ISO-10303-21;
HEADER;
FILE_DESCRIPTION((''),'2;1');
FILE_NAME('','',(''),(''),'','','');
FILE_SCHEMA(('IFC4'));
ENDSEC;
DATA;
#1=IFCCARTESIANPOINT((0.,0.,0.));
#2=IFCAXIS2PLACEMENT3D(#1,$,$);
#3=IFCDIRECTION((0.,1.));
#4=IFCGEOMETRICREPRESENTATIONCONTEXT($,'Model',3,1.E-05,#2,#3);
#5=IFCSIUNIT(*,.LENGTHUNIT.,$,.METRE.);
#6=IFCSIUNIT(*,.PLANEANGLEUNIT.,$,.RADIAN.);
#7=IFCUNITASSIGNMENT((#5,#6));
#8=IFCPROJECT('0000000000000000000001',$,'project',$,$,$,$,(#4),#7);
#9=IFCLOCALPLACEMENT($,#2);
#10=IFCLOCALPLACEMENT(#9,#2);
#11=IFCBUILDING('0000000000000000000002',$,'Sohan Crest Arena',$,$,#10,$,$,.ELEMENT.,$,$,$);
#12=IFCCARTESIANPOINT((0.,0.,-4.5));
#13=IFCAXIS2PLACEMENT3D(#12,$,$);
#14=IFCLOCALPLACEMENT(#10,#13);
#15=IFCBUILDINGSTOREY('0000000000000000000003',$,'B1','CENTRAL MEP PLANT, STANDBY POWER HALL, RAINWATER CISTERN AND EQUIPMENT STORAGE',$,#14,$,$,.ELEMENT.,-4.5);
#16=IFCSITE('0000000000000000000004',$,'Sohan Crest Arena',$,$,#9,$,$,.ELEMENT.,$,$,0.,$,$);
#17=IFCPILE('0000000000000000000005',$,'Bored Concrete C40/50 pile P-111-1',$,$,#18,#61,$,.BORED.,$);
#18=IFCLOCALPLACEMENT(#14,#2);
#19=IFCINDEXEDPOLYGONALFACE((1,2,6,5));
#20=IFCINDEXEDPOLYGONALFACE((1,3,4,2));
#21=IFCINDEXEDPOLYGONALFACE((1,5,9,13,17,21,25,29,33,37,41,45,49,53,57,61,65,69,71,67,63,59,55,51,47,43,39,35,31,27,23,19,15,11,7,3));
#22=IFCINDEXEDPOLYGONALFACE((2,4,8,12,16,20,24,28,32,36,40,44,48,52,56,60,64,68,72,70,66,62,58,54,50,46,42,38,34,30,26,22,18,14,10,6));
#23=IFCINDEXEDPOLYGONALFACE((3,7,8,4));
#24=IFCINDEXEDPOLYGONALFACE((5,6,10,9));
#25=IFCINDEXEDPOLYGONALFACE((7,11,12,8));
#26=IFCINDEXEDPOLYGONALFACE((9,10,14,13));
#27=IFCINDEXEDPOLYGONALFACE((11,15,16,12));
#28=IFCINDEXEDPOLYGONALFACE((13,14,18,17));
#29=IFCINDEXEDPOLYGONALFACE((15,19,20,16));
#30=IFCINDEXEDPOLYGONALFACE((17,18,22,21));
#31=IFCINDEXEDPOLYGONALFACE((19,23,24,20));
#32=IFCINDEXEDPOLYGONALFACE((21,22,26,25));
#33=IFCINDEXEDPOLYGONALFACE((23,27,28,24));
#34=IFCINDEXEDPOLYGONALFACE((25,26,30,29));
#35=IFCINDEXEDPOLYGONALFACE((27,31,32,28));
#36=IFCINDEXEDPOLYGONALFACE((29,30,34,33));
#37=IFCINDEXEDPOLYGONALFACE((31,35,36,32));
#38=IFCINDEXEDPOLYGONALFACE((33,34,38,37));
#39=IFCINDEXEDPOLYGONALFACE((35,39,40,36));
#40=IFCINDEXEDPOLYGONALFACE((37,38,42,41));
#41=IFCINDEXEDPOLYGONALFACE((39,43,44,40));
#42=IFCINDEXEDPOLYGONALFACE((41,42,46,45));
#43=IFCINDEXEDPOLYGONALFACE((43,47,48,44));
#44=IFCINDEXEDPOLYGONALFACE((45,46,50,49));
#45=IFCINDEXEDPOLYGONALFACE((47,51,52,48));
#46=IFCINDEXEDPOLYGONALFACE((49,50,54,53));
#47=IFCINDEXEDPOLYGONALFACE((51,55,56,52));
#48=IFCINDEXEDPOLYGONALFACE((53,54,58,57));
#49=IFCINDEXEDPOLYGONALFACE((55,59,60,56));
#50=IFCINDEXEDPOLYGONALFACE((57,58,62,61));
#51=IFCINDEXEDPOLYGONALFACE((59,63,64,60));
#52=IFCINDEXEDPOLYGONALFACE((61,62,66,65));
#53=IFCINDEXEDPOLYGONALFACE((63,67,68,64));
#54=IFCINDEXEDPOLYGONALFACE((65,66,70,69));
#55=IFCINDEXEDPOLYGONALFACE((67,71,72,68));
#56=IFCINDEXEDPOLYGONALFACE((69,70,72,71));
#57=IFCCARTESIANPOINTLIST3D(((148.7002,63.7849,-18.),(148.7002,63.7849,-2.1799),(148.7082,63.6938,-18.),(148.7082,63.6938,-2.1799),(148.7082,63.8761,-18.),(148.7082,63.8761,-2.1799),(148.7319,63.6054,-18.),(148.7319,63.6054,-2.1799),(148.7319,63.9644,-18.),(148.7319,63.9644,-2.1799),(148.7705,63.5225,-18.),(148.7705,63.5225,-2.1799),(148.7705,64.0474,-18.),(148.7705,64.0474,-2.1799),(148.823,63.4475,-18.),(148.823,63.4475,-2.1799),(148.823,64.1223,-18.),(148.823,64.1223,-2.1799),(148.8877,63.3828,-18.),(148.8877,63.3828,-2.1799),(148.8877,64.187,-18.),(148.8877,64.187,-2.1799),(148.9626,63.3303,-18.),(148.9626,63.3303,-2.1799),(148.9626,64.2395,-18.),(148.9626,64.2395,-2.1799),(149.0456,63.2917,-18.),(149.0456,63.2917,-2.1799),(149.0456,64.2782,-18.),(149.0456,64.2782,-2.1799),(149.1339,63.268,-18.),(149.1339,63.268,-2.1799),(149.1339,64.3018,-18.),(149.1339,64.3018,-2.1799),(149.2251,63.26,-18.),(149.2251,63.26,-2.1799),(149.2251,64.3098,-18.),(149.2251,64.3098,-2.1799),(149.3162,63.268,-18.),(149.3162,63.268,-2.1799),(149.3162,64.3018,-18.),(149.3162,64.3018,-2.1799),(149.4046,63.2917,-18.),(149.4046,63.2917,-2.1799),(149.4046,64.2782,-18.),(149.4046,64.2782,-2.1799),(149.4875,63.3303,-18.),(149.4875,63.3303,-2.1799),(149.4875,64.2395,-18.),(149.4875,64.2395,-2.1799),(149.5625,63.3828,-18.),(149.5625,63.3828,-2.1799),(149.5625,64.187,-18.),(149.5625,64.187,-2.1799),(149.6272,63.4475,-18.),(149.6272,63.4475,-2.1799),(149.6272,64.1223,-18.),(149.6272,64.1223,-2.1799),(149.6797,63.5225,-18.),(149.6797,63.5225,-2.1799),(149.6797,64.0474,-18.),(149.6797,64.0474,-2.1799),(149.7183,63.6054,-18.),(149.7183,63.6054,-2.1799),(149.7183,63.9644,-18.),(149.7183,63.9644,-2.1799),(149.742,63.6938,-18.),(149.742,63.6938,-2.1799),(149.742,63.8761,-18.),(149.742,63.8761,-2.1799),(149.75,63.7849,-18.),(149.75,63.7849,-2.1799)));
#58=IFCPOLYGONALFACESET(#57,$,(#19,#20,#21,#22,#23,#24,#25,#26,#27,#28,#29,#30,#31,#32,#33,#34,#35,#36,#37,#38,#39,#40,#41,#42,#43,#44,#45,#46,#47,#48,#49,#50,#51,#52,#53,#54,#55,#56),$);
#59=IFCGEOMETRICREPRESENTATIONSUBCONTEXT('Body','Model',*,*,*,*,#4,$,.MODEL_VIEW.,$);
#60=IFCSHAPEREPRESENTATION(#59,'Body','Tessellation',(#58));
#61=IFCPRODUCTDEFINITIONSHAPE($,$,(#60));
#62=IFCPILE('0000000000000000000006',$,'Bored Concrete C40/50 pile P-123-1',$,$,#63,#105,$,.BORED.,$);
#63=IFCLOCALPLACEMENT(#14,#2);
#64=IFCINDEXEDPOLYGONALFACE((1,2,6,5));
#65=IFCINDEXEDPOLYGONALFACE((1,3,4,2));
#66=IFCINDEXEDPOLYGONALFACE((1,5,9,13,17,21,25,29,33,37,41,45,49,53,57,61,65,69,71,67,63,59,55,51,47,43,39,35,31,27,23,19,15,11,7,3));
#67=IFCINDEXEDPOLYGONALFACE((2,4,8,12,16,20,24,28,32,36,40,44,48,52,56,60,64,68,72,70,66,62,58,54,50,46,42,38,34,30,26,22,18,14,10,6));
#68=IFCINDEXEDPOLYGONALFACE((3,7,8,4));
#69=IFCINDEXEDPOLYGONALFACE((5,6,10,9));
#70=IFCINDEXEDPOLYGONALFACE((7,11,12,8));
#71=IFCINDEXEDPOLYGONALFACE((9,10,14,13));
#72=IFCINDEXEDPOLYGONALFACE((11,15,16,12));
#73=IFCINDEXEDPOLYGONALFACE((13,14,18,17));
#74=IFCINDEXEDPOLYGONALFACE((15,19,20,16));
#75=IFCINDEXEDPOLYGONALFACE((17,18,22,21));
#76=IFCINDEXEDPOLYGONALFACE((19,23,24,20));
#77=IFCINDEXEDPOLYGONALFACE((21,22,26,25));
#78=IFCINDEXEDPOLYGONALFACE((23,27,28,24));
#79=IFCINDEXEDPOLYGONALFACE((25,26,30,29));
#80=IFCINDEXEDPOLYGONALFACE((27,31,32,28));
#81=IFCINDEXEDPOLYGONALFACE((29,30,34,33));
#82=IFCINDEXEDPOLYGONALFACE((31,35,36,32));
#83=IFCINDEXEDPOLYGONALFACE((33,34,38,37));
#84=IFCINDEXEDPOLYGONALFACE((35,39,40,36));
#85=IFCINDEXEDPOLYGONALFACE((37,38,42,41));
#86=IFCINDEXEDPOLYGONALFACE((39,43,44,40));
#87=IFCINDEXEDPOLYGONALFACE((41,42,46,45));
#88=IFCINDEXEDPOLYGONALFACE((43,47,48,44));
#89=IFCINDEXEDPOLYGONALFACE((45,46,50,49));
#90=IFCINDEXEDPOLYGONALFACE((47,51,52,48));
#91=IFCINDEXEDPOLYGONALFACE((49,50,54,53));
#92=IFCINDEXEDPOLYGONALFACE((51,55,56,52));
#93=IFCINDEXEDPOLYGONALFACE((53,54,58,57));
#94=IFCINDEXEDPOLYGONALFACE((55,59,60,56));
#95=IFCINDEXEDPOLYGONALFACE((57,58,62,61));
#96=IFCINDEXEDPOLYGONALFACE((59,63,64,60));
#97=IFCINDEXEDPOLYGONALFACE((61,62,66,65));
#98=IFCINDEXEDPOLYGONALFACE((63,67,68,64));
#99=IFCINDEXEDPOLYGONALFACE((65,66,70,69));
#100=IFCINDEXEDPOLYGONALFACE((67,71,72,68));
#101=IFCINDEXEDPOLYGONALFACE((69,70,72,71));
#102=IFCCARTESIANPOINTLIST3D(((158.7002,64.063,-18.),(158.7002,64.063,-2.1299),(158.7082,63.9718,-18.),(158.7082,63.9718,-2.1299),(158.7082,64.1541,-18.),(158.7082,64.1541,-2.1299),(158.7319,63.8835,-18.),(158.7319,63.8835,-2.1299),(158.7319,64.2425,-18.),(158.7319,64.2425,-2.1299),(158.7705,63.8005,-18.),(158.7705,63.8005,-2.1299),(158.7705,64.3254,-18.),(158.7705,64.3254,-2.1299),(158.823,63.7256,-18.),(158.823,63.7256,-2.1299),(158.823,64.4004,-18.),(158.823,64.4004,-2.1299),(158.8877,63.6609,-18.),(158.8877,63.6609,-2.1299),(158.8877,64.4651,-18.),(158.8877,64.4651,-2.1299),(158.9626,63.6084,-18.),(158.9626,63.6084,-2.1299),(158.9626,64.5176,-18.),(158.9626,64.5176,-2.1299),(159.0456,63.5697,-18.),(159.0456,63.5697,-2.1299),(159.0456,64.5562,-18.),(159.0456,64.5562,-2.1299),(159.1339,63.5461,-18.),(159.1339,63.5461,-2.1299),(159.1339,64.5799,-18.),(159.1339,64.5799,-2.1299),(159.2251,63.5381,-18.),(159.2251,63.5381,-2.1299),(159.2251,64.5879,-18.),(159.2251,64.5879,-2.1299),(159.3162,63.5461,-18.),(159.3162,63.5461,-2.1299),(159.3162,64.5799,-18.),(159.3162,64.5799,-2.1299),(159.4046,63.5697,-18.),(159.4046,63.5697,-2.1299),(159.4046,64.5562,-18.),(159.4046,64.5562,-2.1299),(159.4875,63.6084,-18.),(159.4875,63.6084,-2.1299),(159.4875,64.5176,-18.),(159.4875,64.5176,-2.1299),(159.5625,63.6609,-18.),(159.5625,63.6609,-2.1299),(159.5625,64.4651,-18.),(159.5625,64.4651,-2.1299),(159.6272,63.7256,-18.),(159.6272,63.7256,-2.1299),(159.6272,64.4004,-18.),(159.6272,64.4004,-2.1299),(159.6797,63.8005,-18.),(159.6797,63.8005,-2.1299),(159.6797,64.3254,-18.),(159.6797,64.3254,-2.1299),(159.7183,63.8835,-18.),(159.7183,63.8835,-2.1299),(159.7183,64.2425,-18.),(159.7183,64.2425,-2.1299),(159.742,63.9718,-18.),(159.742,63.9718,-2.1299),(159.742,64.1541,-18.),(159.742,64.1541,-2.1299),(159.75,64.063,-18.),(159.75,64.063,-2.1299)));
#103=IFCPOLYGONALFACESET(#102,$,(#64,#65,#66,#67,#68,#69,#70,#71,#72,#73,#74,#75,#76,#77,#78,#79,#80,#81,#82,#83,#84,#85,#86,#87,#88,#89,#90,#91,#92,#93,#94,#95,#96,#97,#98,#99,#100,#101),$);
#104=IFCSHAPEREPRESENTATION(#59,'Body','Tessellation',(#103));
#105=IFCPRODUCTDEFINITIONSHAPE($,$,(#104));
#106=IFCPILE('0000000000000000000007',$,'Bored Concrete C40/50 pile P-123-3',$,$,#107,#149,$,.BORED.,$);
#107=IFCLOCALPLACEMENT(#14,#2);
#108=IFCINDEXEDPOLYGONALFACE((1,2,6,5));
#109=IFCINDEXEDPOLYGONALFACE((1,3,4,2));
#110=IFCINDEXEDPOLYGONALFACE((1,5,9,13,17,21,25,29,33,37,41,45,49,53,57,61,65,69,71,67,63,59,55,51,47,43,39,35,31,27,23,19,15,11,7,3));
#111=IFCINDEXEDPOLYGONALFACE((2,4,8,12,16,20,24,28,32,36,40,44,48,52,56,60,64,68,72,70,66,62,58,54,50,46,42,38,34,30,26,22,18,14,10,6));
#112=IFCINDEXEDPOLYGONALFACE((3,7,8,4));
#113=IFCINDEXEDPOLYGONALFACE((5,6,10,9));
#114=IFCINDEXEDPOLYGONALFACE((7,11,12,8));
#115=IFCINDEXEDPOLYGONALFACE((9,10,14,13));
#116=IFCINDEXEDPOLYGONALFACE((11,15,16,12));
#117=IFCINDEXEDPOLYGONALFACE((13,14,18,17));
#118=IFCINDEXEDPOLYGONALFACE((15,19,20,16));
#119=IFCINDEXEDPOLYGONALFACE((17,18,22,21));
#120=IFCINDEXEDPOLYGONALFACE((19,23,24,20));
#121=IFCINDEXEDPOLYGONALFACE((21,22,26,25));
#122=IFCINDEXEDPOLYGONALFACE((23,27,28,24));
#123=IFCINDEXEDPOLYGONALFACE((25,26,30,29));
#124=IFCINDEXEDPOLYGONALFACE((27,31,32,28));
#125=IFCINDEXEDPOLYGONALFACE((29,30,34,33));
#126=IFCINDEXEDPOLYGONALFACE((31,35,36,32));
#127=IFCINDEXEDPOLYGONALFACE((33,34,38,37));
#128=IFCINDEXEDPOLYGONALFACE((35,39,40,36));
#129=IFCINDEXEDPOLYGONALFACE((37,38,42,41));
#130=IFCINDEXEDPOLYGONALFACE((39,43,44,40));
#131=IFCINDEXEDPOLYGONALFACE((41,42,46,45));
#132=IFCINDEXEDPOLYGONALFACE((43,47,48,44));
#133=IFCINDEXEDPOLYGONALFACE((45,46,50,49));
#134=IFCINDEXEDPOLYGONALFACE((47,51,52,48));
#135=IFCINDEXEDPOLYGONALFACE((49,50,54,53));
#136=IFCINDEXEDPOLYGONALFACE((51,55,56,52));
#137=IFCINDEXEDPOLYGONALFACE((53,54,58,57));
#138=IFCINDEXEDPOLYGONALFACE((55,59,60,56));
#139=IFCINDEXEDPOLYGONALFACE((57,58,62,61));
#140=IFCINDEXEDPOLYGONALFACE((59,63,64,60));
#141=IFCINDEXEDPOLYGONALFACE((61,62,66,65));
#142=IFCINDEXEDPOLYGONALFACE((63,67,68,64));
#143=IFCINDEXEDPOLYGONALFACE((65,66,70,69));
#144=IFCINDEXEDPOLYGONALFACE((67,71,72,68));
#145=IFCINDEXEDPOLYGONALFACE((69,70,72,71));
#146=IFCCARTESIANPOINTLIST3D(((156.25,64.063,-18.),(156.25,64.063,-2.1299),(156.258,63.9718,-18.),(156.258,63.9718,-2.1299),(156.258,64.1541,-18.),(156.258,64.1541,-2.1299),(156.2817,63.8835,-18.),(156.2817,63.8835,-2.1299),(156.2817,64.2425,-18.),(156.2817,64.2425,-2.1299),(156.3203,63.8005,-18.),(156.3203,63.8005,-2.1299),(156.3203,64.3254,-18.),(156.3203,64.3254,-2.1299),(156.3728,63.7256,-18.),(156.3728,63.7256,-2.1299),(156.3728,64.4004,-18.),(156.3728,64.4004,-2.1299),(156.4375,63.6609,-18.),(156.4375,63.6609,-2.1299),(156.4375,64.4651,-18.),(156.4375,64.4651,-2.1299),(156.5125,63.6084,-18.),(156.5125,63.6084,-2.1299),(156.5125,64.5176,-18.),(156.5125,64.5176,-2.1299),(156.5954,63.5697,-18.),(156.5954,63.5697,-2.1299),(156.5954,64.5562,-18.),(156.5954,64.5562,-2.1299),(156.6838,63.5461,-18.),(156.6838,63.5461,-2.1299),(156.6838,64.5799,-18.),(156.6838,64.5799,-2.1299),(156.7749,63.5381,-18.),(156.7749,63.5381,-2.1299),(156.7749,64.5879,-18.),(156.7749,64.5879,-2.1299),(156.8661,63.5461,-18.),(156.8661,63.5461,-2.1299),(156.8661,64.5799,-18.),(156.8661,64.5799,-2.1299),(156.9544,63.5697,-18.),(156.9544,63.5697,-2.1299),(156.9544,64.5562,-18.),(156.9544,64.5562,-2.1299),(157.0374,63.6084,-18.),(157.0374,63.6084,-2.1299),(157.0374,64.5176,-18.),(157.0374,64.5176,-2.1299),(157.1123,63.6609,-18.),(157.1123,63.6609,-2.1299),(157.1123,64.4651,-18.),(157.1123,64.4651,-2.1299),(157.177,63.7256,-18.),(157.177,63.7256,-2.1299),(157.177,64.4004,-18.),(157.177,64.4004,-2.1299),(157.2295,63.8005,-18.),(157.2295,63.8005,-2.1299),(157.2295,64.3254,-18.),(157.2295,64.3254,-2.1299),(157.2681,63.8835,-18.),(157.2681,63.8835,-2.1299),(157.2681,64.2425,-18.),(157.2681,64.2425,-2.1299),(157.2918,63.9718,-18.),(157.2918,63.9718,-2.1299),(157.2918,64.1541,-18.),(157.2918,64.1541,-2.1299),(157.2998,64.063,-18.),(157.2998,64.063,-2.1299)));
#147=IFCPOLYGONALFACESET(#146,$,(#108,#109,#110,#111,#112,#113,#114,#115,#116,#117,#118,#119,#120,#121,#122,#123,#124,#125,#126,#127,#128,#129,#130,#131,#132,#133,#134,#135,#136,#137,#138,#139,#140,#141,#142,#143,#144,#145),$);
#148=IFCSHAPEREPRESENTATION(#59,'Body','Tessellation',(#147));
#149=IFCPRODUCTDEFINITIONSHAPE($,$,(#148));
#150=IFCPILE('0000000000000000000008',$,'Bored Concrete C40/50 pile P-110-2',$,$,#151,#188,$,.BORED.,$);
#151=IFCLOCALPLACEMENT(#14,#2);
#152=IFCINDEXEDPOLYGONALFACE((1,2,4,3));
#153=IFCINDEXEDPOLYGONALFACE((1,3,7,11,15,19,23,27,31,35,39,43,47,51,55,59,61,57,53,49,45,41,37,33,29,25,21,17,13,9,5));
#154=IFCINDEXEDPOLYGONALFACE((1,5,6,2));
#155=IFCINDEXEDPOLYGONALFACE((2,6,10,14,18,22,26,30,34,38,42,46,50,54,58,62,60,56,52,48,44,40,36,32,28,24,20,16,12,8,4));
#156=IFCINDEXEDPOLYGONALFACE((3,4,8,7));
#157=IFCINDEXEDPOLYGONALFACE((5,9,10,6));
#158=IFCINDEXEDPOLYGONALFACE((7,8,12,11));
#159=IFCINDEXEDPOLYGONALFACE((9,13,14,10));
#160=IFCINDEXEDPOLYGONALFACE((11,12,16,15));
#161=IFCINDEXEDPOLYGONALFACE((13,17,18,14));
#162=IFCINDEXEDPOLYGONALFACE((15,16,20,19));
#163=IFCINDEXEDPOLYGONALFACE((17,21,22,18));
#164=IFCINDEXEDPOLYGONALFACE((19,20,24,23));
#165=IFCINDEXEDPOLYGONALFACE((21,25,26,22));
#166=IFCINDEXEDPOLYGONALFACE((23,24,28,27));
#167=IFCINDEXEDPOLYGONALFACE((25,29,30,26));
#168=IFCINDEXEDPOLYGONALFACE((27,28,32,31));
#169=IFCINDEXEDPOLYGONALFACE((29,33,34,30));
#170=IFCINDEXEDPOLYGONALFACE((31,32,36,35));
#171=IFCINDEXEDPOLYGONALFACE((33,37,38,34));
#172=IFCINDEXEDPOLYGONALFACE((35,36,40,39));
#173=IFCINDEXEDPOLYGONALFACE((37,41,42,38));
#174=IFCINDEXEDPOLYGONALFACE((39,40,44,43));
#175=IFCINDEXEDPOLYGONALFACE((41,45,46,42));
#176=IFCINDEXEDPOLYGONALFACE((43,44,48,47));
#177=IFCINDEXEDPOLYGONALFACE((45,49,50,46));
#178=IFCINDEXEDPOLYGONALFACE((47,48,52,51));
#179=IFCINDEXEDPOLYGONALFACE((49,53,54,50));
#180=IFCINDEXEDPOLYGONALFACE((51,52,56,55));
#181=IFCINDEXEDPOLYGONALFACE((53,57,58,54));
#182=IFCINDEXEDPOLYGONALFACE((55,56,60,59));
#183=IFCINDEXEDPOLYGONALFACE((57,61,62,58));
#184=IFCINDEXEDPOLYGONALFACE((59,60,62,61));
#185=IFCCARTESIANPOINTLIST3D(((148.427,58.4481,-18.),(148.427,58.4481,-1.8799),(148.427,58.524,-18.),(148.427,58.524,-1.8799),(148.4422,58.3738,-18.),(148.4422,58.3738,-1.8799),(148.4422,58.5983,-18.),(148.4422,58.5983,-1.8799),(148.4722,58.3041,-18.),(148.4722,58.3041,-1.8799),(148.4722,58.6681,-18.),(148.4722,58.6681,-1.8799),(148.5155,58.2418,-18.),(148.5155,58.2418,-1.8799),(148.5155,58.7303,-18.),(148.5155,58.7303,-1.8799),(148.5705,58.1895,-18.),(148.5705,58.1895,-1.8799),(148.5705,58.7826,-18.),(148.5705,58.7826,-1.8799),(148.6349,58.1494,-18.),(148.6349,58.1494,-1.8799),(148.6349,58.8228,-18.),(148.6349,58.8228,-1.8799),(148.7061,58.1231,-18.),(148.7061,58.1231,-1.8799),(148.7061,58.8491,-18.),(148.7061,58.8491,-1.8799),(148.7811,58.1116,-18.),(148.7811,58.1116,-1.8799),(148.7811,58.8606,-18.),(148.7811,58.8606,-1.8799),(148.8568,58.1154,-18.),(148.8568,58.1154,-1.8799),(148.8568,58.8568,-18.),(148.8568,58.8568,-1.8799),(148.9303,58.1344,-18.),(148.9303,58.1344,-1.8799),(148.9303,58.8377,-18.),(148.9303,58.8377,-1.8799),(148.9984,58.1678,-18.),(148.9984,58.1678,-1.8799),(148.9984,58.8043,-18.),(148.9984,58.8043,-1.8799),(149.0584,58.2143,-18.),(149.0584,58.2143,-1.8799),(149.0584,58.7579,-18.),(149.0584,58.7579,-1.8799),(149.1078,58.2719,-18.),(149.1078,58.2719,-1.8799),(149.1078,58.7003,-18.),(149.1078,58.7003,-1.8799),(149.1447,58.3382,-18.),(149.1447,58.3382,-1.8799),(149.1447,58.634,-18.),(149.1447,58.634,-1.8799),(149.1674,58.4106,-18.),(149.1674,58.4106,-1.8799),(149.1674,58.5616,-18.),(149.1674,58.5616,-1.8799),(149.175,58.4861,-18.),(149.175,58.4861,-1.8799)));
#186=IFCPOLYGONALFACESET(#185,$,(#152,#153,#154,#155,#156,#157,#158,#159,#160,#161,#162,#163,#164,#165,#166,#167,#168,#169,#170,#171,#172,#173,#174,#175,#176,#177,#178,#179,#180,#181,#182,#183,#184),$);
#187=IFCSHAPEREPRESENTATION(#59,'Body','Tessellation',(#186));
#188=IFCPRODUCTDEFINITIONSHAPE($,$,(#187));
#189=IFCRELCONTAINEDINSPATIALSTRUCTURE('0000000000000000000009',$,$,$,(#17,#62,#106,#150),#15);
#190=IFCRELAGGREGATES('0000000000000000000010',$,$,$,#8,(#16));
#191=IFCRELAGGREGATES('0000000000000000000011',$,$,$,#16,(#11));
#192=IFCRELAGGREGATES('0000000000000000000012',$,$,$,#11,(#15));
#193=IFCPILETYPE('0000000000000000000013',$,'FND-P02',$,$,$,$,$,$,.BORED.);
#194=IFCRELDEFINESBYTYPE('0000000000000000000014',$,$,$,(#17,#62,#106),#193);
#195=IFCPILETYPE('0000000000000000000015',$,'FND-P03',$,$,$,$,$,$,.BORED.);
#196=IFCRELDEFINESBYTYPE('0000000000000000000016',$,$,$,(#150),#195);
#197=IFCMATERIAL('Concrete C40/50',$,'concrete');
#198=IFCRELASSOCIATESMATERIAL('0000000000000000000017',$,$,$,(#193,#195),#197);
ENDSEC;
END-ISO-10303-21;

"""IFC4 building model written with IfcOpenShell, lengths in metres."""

from ifc_helpers import new_model, si_unit, direction, frame, origin, origin_2d, place, context, subcontext, project, spatial, circle, extrude, material, material_profile, profile_set, type_object, element, save


model = new_model("IFC4")

# Units and contexts
model_context = context("Model", 3, precision=1e-05, world=origin(), true_north=direction((0.0, 1.0)))
body_context = subcontext(model_context, "Body", "Model", "MODEL_VIEW")
ifc_project = project(units=[si_unit("LENGTHUNIT", "METRE"), si_unit("PLANEANGLEUNIT", "RADIAN")], contexts=[model_context])

# Site, building, storey
site_placement = place(None, origin())
site = spatial("IfcSite", under=ifc_project, at=site_placement, Name="Sohan Crest Arena", CompositionType="ELEMENT", RefElevation=0.0)
building_placement = place(site_placement, origin())
building = spatial("IfcBuilding", under=site, at=building_placement, Name="Sohan Crest Arena", CompositionType="ELEMENT")
storey_placement = place(building_placement, frame((0.0, 0.0, -4.5)))
storey = spatial("IfcBuildingStorey", under=building, at=storey_placement, Name="B1", Description="CENTRAL MEP PLANT, STANDBY POWER HALL, RAINWATER CISTERN AND EQUIPMENT STORAGE", CompositionType="ELEMENT", Elevation=-4.5)

# Shared definitions
ifc_material = material(Name="Concrete C40/50", Category="concrete")

# Piles
ifc_material_profile_1 = material_profile(ifc_material, circle(Radius=0.5249, at=origin_2d()), Name="PILE D1050")
ifc_profile_set_1 = profile_set([ifc_material_profile_1], Name="Concrete C40/50")
pile_type_1 = type_object("IfcPileType", Name="FND-P02", PredefinedType="BORED", material=ifc_profile_set_1)
pile_placement = place(storey_placement, frame((149.2251, 63.7849, -18.0), z_axis=(0.0, 0.0, 1.0), x_axis=(1.0, 0.0, 0.0)))
element("IfcPile", 1, at=pile_placement, inside=storey, type_object=pile_type_1, Name="Bored Concrete C40/50 pile P-111-1", PredefinedType="BORED", context=body_context, shape_type="SweptSolid", body=[
    extrude(circle(Radius=0.5249, at=origin_2d()), origin(), (0.0, 0.0, 1.0), 15.8201),
])
for number, where, z_axis, x_axis, name in (
    (2, (159.2251, 64.063, -18.0), (0.0, 0.0, 1.0), (1.0, 0.0, 0.0), "Bored Concrete C40/50 pile P-123-1"),
    (3, (156.7749, 64.063, -18.0), (0.0, 0.0, 1.0), (1.0, 0.0, 0.0), "Bored Concrete C40/50 pile P-123-3"),
):
    element("IfcPile", number, at=place(storey_placement, frame(where, z_axis=z_axis, x_axis=x_axis)), inside=storey, type_object=pile_type_1, Name=name, PredefinedType="BORED", context=body_context, shape_type="SweptSolid", body=[
        extrude(circle(Radius=0.5249, at=origin_2d()), origin(), (0.0, 0.0, 1.0), 15.8701),
    ])
ifc_material_profile_2 = material_profile(ifc_material, circle(Radius=0.375, at=origin_2d()), Name="PILE D750")
ifc_profile_set_2 = profile_set([ifc_material_profile_2], Name="Concrete C40/50")
pile_type_2 = type_object("IfcPileType", Name="FND-P03", PredefinedType="BORED", material=ifc_profile_set_2)
for number, where, z_axis, x_axis, name in (
    (4, (148.8, 58.4861, -18.0), (0.0, 0.0, 1.0), (1.0, 0.0, 0.0), "Bored Concrete C40/50 pile P-110-2"),
):
    element("IfcPile", number, at=place(storey_placement, frame(where, z_axis=z_axis, x_axis=x_axis)), inside=storey, type_object=pile_type_2, Name=name, PredefinedType="BORED", context=body_context, shape_type="SweptSolid", body=[
        extrude(circle(Radius=0.375, at=origin_2d()), origin(), (0.0, 0.0, 1.0), 16.1201),
    ])

save(model, "model.ifc")
